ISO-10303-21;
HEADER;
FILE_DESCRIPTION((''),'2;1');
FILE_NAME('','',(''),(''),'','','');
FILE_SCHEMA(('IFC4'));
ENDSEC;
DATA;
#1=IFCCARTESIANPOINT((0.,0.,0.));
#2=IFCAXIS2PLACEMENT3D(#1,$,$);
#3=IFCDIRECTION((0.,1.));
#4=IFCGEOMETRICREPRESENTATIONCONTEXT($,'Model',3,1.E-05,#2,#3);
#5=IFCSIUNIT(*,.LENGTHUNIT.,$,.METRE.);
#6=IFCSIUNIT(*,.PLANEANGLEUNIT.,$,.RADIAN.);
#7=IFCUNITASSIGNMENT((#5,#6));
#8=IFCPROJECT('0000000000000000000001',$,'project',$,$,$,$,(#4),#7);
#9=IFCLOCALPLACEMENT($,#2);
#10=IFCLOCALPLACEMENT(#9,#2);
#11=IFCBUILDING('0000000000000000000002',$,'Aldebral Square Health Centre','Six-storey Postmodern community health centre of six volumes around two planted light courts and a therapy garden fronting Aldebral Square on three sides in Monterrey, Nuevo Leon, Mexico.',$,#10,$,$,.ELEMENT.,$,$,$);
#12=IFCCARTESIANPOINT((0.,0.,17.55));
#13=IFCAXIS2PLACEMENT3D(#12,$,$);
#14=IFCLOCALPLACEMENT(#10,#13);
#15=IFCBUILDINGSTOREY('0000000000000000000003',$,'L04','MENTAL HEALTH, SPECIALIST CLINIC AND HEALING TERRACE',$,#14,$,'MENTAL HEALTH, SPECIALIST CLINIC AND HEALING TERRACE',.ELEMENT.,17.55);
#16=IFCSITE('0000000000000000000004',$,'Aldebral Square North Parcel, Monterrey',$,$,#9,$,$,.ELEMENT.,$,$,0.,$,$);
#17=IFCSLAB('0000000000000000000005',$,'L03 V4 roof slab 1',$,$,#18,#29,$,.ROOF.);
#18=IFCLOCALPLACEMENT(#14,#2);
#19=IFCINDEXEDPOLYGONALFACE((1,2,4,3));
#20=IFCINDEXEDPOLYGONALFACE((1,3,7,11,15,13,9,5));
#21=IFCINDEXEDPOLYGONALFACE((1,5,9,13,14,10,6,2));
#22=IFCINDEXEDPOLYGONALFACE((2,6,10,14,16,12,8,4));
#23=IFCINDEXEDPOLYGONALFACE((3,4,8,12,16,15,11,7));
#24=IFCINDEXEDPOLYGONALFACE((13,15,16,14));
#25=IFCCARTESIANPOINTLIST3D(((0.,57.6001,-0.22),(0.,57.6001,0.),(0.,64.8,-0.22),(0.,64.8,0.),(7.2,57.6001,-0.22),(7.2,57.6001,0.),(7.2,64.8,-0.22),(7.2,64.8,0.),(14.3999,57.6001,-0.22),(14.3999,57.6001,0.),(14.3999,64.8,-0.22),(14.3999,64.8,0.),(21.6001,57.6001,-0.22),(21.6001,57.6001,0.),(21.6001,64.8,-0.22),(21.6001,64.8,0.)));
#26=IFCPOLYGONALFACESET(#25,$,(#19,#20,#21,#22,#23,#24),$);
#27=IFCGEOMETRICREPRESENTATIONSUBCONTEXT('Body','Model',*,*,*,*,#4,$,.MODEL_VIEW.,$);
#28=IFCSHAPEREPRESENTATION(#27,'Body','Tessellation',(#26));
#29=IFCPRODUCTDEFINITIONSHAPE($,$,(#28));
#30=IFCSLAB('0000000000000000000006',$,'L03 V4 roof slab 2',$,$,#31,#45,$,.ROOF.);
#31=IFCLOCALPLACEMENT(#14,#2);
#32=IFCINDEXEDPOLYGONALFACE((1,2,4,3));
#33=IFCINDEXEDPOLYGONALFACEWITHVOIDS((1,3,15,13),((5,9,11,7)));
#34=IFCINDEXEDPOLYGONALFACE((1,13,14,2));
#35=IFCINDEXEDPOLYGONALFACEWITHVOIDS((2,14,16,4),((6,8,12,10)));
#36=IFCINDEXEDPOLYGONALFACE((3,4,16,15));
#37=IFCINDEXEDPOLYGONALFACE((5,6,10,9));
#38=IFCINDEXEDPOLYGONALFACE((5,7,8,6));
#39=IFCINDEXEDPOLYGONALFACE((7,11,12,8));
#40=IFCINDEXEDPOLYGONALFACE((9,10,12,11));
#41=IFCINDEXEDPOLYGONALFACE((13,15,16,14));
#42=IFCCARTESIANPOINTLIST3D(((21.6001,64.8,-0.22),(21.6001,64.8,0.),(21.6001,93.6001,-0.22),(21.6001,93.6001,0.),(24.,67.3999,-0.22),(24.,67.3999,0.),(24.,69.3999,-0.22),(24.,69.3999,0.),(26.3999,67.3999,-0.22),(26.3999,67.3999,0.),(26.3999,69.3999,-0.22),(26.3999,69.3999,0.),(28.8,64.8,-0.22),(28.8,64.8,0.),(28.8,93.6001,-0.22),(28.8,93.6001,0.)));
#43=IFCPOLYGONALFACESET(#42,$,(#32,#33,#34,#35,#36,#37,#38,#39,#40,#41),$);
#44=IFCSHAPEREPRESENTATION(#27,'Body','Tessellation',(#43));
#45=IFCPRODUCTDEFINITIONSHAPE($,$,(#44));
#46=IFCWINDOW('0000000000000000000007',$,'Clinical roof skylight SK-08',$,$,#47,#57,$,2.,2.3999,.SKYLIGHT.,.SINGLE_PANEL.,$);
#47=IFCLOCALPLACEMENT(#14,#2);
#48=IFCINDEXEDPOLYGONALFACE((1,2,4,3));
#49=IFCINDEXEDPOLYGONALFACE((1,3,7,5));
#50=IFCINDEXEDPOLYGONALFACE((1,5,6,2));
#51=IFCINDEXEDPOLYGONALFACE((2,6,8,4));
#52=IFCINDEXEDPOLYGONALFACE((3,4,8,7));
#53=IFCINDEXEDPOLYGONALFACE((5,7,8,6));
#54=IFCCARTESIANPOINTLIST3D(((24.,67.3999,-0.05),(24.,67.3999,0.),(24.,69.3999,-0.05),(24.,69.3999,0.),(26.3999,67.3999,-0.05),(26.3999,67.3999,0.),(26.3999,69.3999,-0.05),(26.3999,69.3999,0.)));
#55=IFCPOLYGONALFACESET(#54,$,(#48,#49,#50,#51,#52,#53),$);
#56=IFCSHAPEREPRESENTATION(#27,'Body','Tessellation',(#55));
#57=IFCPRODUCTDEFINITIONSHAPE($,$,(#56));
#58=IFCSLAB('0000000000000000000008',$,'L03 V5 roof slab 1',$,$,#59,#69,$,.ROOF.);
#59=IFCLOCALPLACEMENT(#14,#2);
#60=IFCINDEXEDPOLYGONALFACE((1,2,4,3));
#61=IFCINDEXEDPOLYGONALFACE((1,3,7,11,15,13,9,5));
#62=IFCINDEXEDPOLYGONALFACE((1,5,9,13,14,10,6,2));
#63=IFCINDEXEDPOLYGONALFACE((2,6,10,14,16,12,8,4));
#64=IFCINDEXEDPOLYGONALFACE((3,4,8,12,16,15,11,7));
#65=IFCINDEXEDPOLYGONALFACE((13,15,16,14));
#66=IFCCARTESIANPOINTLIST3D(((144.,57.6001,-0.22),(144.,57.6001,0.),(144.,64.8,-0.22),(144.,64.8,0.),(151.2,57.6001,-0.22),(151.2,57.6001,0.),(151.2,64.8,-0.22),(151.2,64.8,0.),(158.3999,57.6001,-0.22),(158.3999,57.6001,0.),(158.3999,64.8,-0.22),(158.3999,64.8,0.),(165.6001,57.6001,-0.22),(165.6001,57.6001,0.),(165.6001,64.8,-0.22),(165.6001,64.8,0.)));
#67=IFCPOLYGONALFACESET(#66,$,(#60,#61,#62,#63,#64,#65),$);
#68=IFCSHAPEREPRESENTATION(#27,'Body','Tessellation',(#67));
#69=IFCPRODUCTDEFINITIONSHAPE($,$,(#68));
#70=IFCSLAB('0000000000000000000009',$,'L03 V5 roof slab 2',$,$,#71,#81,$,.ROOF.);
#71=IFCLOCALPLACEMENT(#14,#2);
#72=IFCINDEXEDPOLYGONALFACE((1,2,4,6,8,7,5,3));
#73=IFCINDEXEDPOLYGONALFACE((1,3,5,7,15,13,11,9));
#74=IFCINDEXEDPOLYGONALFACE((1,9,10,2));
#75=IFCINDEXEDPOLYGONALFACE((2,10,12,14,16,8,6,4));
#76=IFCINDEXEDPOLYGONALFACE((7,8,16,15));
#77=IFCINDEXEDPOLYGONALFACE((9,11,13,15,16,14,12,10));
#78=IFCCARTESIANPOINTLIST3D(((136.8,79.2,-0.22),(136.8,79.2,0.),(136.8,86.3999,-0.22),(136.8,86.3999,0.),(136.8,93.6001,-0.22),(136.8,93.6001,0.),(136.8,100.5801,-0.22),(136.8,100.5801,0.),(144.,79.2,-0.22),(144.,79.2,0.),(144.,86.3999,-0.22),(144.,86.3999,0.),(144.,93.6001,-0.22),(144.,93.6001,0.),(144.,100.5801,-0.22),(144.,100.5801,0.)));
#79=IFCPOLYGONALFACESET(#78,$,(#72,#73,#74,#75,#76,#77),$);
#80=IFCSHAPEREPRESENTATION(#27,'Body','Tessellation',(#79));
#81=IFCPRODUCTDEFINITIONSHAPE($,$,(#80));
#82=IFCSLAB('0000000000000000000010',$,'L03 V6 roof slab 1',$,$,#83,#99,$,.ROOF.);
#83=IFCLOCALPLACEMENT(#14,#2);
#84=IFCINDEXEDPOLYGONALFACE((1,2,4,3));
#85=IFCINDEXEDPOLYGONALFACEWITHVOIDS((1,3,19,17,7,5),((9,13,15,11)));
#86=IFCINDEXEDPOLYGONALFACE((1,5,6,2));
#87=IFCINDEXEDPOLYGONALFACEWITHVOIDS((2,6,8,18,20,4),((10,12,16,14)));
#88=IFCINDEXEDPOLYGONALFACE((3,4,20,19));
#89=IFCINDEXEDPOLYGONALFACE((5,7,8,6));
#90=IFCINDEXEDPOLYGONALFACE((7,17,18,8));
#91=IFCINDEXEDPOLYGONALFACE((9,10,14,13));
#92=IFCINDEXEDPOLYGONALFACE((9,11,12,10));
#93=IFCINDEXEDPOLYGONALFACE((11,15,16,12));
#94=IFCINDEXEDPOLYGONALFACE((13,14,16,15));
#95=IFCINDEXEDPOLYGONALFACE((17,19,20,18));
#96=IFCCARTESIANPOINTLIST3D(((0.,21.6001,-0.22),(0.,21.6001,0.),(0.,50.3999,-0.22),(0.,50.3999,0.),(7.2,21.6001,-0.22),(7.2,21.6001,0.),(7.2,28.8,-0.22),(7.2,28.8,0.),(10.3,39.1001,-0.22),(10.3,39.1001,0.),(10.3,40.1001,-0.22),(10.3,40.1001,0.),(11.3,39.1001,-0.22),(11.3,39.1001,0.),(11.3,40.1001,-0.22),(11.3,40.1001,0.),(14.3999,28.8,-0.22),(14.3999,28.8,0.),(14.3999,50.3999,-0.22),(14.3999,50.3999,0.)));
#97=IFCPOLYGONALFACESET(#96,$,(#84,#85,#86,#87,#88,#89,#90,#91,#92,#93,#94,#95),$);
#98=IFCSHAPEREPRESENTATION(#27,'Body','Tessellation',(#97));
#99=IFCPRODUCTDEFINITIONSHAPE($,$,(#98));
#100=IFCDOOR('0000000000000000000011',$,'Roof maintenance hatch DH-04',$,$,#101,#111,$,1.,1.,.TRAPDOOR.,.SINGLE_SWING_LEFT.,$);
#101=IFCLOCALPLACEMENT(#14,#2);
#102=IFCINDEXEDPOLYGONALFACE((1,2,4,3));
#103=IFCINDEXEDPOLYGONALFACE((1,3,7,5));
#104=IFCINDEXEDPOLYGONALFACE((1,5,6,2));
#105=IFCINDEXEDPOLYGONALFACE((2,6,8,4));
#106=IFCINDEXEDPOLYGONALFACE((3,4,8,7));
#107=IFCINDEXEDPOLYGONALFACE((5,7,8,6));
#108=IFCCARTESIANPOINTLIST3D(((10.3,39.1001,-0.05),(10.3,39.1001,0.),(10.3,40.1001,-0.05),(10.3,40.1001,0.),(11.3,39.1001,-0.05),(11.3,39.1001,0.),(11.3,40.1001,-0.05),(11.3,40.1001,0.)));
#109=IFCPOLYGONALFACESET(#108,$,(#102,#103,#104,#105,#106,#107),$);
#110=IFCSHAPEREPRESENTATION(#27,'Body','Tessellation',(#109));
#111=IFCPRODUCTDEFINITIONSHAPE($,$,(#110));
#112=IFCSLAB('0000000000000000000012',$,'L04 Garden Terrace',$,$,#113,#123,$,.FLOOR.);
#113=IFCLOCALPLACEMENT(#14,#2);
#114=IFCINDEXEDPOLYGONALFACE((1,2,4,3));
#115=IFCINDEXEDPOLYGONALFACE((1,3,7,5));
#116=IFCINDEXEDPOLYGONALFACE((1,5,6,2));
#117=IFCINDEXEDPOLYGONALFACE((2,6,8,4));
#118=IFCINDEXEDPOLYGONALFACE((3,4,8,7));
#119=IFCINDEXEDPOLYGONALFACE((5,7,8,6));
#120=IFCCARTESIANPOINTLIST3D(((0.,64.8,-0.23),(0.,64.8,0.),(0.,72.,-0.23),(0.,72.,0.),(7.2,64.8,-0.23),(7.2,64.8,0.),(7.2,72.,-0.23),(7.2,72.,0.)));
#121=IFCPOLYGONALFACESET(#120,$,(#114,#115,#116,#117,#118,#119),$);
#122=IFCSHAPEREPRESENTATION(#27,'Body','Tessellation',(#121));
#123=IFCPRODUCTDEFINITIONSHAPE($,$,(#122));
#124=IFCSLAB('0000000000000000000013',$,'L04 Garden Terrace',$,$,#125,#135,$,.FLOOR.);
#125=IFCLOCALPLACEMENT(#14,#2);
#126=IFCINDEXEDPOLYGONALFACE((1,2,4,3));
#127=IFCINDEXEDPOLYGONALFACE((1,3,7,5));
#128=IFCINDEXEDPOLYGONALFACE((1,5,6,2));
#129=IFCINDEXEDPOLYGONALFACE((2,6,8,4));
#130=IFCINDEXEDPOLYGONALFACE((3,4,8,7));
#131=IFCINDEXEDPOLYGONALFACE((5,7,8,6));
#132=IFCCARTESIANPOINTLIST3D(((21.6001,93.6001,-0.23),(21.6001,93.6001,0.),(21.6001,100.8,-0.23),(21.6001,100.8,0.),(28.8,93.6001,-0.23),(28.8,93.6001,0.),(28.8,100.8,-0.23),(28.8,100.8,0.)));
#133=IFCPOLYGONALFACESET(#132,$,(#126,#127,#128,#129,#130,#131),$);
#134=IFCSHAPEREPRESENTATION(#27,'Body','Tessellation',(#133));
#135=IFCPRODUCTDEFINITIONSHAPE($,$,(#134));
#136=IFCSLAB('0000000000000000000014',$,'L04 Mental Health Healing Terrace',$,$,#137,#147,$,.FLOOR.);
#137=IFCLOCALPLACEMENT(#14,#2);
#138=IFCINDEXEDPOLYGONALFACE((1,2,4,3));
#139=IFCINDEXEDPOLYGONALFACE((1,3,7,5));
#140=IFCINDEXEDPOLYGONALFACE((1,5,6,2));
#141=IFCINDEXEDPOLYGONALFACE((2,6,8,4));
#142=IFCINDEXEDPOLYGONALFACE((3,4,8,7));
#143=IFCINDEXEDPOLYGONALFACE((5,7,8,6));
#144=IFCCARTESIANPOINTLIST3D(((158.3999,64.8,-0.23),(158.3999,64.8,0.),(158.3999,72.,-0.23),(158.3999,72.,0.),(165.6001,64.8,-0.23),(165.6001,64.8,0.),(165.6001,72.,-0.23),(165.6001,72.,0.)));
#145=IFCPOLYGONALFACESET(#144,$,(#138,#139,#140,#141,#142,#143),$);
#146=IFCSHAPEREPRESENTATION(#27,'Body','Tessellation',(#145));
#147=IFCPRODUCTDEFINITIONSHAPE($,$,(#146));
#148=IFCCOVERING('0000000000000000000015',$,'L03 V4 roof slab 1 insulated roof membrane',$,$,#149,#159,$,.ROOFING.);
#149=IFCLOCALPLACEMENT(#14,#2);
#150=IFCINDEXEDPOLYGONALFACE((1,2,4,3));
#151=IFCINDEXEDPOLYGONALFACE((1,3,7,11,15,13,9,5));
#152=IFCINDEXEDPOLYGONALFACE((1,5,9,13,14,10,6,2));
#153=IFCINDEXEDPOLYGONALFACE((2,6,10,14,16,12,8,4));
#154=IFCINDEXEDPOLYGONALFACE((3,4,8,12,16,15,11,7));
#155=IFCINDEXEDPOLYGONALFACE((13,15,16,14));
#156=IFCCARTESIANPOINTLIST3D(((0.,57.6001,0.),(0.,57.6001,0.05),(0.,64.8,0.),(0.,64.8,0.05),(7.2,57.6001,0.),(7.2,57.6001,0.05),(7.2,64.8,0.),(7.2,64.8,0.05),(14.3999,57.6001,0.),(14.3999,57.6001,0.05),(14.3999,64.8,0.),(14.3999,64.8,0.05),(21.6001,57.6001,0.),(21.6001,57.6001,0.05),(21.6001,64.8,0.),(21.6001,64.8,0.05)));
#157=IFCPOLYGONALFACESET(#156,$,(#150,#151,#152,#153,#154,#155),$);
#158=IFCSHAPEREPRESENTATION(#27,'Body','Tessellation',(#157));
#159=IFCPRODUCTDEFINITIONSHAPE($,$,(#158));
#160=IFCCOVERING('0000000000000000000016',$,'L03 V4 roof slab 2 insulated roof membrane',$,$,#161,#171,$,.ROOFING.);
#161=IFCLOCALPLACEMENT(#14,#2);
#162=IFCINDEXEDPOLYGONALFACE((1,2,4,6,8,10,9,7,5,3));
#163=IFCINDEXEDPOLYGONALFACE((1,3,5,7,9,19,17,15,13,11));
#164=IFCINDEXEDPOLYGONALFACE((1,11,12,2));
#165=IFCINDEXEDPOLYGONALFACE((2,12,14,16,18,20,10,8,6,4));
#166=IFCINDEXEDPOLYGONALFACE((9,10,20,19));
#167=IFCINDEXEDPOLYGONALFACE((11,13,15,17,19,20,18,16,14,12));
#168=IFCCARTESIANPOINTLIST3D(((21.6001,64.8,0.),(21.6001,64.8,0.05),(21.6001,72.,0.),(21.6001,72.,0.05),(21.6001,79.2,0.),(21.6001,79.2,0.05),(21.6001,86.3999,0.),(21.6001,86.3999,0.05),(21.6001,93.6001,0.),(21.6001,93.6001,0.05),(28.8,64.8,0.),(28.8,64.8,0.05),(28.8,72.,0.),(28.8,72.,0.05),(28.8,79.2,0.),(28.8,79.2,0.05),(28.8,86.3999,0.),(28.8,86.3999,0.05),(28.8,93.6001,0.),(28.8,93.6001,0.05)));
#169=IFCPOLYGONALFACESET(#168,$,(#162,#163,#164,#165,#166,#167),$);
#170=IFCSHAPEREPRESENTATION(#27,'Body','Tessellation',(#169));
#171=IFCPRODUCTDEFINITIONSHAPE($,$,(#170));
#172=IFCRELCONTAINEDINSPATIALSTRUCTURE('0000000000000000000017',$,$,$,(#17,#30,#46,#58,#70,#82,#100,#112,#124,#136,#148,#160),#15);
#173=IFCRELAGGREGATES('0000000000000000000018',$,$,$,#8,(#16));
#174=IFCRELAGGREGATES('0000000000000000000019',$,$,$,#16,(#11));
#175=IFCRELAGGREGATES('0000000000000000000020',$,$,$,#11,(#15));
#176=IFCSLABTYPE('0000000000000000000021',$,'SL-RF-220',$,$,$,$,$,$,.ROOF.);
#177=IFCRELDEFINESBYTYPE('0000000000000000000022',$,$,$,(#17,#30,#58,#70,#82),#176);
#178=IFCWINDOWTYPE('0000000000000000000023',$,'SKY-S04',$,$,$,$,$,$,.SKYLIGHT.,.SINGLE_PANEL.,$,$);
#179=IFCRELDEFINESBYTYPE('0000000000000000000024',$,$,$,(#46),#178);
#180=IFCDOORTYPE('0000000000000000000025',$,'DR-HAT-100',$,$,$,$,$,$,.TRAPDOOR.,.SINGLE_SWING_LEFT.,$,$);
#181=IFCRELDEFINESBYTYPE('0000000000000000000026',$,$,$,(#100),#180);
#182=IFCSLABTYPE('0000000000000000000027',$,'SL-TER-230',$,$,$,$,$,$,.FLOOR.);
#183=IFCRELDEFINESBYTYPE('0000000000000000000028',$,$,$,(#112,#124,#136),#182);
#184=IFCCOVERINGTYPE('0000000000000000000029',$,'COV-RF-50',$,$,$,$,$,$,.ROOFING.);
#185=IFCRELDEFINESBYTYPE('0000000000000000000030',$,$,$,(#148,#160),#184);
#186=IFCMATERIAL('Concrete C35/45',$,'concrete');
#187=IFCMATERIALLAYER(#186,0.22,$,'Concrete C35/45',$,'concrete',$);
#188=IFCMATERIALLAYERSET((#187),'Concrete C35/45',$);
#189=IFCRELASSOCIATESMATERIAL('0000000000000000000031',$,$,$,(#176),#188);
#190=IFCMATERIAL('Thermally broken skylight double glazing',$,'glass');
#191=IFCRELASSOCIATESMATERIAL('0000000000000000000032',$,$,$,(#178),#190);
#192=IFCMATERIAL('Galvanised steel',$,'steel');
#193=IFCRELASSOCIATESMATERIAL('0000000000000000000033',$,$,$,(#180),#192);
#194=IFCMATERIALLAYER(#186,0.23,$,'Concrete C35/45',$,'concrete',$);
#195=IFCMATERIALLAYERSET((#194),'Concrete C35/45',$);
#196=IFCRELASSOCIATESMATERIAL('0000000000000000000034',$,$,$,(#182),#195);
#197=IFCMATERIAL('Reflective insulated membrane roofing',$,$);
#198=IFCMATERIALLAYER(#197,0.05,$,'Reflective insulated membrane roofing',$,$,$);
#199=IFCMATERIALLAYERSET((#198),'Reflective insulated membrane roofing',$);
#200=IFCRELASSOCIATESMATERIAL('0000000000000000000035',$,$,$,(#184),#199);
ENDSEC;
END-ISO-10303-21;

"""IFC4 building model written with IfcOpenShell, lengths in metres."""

from ifc_helpers import new_model, si_unit, direction, frame, origin, origin_2d, place, context, subcontext, project, spatial, polyline, rectangle, outline, extrude, material, layer, layer_set, type_object, element, fill, save


model = new_model("IFC4")

# Units and contexts
model_context = context("Model", 3, precision=1e-05, world=origin(), true_north=direction((0.0, 1.0)))
body_context = subcontext(model_context, "Body", "Model", "MODEL_VIEW")
ifc_project = project(units=[si_unit("LENGTHUNIT", "METRE"), si_unit("PLANEANGLEUNIT", "RADIAN")], contexts=[model_context])

# Site, building, storey
site_placement = place(None, origin())
site = spatial("IfcSite", under=ifc_project, at=site_placement, Name="Aldebral Square North Parcel, Monterrey", CompositionType="ELEMENT", RefElevation=0.0)
building_placement = place(site_placement, origin())
building = spatial("IfcBuilding", under=site, at=building_placement, Name="Aldebral Square Health Centre", Description="Six-storey Postmodern community health centre of six volumes around two planted light courts and a therapy garden fronting Aldebral Square on three sides in Monterrey, Nuevo Leon, Mexico.", CompositionType="ELEMENT")
storey_placement = place(building_placement, frame((0.0, 0.0, 17.55)))
storey = spatial("IfcBuildingStorey", under=building, at=storey_placement, Name="L04", Description="MENTAL HEALTH, SPECIALIST CLINIC AND HEALING TERRACE", LongName="MENTAL HEALTH, SPECIALIST CLINIC AND HEALING TERRACE", CompositionType="ELEMENT", Elevation=17.55)

# Slab
ifc_material_1 = material(Name="Concrete C35/45", Category="concrete")
ifc_layer_1 = layer(ifc_material_1, 0.22, Name="Concrete C35/45", Category="concrete")
ifc_layer_set_1 = layer_set([ifc_layer_1], Name="Concrete C35/45")
slab_type_1 = type_object("IfcSlabType", Name="SL-RF-220", PredefinedType="ROOF", material=ifc_layer_set_1)
slab_1_placement = place(storey_placement, frame((0.0, 0.0, -0.22)))
element("IfcSlab", 1, at=slab_1_placement, inside=storey, type_object=slab_type_1, Name="L03 V4 roof slab 1", PredefinedType="ROOF", context=body_context, shape_type="SweptSolid", body=[
    extrude(outline(polyline([(7.2, 64.8), (14.3999, 64.8), (21.6001, 64.8), (21.6001, 57.6001), (14.3999, 57.6001), (7.2, 57.6001), (0.0, 57.6001), (0.0, 64.8), (7.2, 64.8)])), origin(), (0.0, 0.0, 1.0), 0.22),
])

# Slab, opening, window
slab_2_placement = place(storey_placement, frame((0.0, 0.0, -0.22)))
slab_2 = element("IfcSlab", 2, at=slab_2_placement, inside=storey, type_object=slab_type_1, Name="L03 V4 roof slab 2", PredefinedType="ROOF", context=body_context, shape_type="SweptSolid", body=[
    extrude(outline(polyline([(21.6001, 79.2), (21.6001, 86.3999), (21.6001, 93.6001), (28.8, 93.6001), (28.8, 86.3999), (28.8, 79.2), (28.8, 72.0), (28.8, 64.8), (21.6001, 64.8), (21.6001, 72.0), (21.6001, 79.2)])), origin(), (0.0, 0.0, 1.0), 0.22),
])
opening_1_placement = place(slab_2_placement, frame((25.2, 68.3999, -0.01)))
opening_1 = element("IfcOpeningElement", 3, at=opening_1_placement, cuts=slab_2, PredefinedType="OPENING", context=body_context, shape_type="SweptSolid", body=[
    extrude(rectangle(XDim=2.3999, YDim=2.0, at=origin_2d()), origin(), (0.0, 0.0, 1.0), 0.24),
])
ifc_material_2 = material(Name="Thermally broken skylight double glazing", Category="glass")
window_type = type_object("IfcWindowType", Name="SKY-S04", PartitioningType="SINGLE_PANEL", PredefinedType="SKYLIGHT", material=ifc_material_2)
window_placement = place(slab_2_placement, frame((25.2, 68.3999, 0.1699)))
window = element("IfcWindow", 4, at=window_placement, inside=storey, type_object=window_type, Name="Clinical roof skylight SK-08", OverallHeight=2.0, OverallWidth=2.3999, PartitioningType="SINGLE_PANEL", PredefinedType="SKYLIGHT", context=body_context, shape_type="SweptSolid", body=[
    extrude(rectangle(XDim=2.3999, YDim=2.0, at=origin_2d()), origin(), (0.0, 0.0, 1.0), 0.05),
])
fill(opening_1, window)

# Slabs
slab_3_placement = place(storey_placement, frame((0.0, 0.0, -0.22)))
element("IfcSlab", 5, at=slab_3_placement, inside=storey, type_object=slab_type_1, Name="L03 V5 roof slab 1", PredefinedType="ROOF", context=body_context, shape_type="SweptSolid", body=[
    extrude(outline(polyline([(151.2, 64.8), (158.3999, 64.8), (165.6001, 64.8), (165.6001, 57.6001), (158.3999, 57.6001), (151.2, 57.6001), (144.0, 57.6001), (144.0, 64.8), (151.2, 64.8)])), origin(), (0.0, 0.0, 1.0), 0.22),
])
slab_4_placement = place(storey_placement, frame((0.0, 0.0, -0.22)))
element("IfcSlab", 6, at=slab_4_placement, inside=storey, type_object=slab_type_1, Name="L03 V5 roof slab 2", PredefinedType="ROOF", context=body_context, shape_type="SweptSolid", body=[
    extrude(outline(polyline([(136.8, 86.3999), (136.8, 93.6001), (136.8, 100.5801), (144.0, 100.5801), (144.0, 93.6001), (144.0, 86.3999), (144.0, 79.2), (136.8, 79.2), (136.8, 86.3999)])), origin(), (0.0, 0.0, 1.0), 0.22),
])

# Slab, opening, door
slab_5_placement = place(storey_placement, frame((0.0, 0.0, -0.22)))
slab_5 = element("IfcSlab", 7, at=slab_5_placement, inside=storey, type_object=slab_type_1, Name="L03 V6 roof slab 1", PredefinedType="ROOF", context=body_context, shape_type="SweptSolid", body=[
    extrude(outline(polyline([(0.0, 28.8), (0.0, 36.0), (0.0, 43.2), (0.0, 50.3999), (7.2, 50.3999), (14.3999, 50.3999), (14.3999, 43.2), (14.3999, 36.0), (14.3999, 28.8), (7.2, 28.8), (7.2, 21.6001), (0.0, 21.6001), (0.0, 28.8)])), origin(), (0.0, 0.0, 1.0), 0.22),
])
opening_2_placement = place(slab_5_placement, frame((10.8, 39.6001, -0.01)))
opening_2 = element("IfcOpeningElement", 8, at=opening_2_placement, cuts=slab_5, PredefinedType="OPENING", context=body_context, shape_type="SweptSolid", body=[
    extrude(rectangle(XDim=1.0, YDim=1.0, at=origin_2d()), origin(), (0.0, 0.0, 1.0), 0.24),
])
ifc_material_3 = material(Name="Galvanised steel", Category="steel")
door_type = type_object("IfcDoorType", Name="DR-HAT-100", OperationType="SINGLE_SWING_LEFT", PredefinedType="TRAPDOOR", material=ifc_material_3)
door_placement = place(slab_5_placement, frame((10.8, 39.6001, 0.1699)))
door = element("IfcDoor", 9, at=door_placement, inside=storey, type_object=door_type, Name="Roof maintenance hatch DH-04", OperationType="SINGLE_SWING_LEFT", OverallHeight=1.0, OverallWidth=1.0, PredefinedType="TRAPDOOR", context=body_context, shape_type="SweptSolid", body=[
    extrude(rectangle(XDim=1.0, YDim=1.0, at=origin_2d()), origin(), (0.0, 0.0, 1.0), 0.05),
])
fill(opening_2, door)

# Slabs
ifc_layer_2 = layer(ifc_material_1, 0.23, Name="Concrete C35/45", Category="concrete")
ifc_layer_set_2 = layer_set([ifc_layer_2], Name="Concrete C35/45")
slab_type_2 = type_object("IfcSlabType", Name="SL-TER-230", PredefinedType="FLOOR", material=ifc_layer_set_2)
slab_6_placement = place(storey_placement, frame((0.0, 0.0, -0.23)))
element("IfcSlab", 10, at=slab_6_placement, inside=storey, type_object=slab_type_2, Name="L04 Garden Terrace", PredefinedType="FLOOR", context=body_context, shape_type="SweptSolid", body=[
    extrude(outline(polyline([(0.0, 64.8), (0.0, 72.0), (7.2, 72.0), (7.2, 64.8), (0.0, 64.8)])), origin(), (0.0, 0.0, 1.0), 0.23),
])
slab_7_placement = place(storey_placement, frame((0.0, 0.0, -0.23)))
element("IfcSlab", 11, at=slab_7_placement, inside=storey, type_object=slab_type_2, Name="L04 Garden Terrace", PredefinedType="FLOOR", context=body_context, shape_type="SweptSolid", body=[
    extrude(outline(polyline([(21.6001, 93.6001), (21.6001, 100.8), (28.8, 100.8), (28.8, 93.6001), (21.6001, 93.6001)])), origin(), (0.0, 0.0, 1.0), 0.23),
])
slab_8_placement = place(storey_placement, frame((0.0, 0.0, -0.23)))
element("IfcSlab", 12, at=slab_8_placement, inside=storey, type_object=slab_type_2, Name="L04 Mental Health Healing Terrace", PredefinedType="FLOOR", context=body_context, shape_type="SweptSolid", body=[
    extrude(outline(polyline([(165.6001, 64.8), (165.6001, 72.0), (158.3999, 72.0), (158.3999, 64.8), (165.6001, 64.8)])), origin(), (0.0, 0.0, 1.0), 0.23),
])

# Coverings
ifc_material_4 = material(Name="Reflective insulated membrane roofing")
ifc_layer_3 = layer(ifc_material_4, 0.05, Name="Reflective insulated membrane roofing")
ifc_layer_set_3 = layer_set([ifc_layer_3], Name="Reflective insulated membrane roofing")
covering_type = type_object("IfcCoveringType", Name="COV-RF-50", PredefinedType="ROOFING", material=ifc_layer_set_3)
covering_1_placement = place(storey_placement, origin())
element("IfcCovering", 13, at=covering_1_placement, inside=storey, type_object=covering_type, Name="L03 V4 roof slab 1 insulated roof membrane", PredefinedType="ROOFING", context=body_context, shape_type="SweptSolid", body=[
    extrude(outline(polyline([(7.2, 64.8), (14.3999, 64.8), (21.6001, 64.8), (21.6001, 57.6001), (14.3999, 57.6001), (7.2, 57.6001), (0.0, 57.6001), (0.0, 64.8), (7.2, 64.8)])), origin(), (0.0, 0.0, 1.0), 0.05),
])
covering_2_placement = place(storey_placement, origin())
element("IfcCovering", 14, at=covering_2_placement, inside=storey, type_object=covering_type, Name="L03 V4 roof slab 2 insulated roof membrane", PredefinedType="ROOFING", context=body_context, shape_type="SweptSolid", body=[
    extrude(outline(polyline([(21.6001, 79.2), (21.6001, 86.3999), (21.6001, 93.6001), (28.8, 93.6001), (28.8, 86.3999), (28.8, 79.2), (28.8, 72.0), (28.8, 64.8), (21.6001, 64.8), (21.6001, 72.0), (21.6001, 79.2)])), origin(), (0.0, 0.0, 1.0), 0.05),
])

save(model, "model.ifc")
